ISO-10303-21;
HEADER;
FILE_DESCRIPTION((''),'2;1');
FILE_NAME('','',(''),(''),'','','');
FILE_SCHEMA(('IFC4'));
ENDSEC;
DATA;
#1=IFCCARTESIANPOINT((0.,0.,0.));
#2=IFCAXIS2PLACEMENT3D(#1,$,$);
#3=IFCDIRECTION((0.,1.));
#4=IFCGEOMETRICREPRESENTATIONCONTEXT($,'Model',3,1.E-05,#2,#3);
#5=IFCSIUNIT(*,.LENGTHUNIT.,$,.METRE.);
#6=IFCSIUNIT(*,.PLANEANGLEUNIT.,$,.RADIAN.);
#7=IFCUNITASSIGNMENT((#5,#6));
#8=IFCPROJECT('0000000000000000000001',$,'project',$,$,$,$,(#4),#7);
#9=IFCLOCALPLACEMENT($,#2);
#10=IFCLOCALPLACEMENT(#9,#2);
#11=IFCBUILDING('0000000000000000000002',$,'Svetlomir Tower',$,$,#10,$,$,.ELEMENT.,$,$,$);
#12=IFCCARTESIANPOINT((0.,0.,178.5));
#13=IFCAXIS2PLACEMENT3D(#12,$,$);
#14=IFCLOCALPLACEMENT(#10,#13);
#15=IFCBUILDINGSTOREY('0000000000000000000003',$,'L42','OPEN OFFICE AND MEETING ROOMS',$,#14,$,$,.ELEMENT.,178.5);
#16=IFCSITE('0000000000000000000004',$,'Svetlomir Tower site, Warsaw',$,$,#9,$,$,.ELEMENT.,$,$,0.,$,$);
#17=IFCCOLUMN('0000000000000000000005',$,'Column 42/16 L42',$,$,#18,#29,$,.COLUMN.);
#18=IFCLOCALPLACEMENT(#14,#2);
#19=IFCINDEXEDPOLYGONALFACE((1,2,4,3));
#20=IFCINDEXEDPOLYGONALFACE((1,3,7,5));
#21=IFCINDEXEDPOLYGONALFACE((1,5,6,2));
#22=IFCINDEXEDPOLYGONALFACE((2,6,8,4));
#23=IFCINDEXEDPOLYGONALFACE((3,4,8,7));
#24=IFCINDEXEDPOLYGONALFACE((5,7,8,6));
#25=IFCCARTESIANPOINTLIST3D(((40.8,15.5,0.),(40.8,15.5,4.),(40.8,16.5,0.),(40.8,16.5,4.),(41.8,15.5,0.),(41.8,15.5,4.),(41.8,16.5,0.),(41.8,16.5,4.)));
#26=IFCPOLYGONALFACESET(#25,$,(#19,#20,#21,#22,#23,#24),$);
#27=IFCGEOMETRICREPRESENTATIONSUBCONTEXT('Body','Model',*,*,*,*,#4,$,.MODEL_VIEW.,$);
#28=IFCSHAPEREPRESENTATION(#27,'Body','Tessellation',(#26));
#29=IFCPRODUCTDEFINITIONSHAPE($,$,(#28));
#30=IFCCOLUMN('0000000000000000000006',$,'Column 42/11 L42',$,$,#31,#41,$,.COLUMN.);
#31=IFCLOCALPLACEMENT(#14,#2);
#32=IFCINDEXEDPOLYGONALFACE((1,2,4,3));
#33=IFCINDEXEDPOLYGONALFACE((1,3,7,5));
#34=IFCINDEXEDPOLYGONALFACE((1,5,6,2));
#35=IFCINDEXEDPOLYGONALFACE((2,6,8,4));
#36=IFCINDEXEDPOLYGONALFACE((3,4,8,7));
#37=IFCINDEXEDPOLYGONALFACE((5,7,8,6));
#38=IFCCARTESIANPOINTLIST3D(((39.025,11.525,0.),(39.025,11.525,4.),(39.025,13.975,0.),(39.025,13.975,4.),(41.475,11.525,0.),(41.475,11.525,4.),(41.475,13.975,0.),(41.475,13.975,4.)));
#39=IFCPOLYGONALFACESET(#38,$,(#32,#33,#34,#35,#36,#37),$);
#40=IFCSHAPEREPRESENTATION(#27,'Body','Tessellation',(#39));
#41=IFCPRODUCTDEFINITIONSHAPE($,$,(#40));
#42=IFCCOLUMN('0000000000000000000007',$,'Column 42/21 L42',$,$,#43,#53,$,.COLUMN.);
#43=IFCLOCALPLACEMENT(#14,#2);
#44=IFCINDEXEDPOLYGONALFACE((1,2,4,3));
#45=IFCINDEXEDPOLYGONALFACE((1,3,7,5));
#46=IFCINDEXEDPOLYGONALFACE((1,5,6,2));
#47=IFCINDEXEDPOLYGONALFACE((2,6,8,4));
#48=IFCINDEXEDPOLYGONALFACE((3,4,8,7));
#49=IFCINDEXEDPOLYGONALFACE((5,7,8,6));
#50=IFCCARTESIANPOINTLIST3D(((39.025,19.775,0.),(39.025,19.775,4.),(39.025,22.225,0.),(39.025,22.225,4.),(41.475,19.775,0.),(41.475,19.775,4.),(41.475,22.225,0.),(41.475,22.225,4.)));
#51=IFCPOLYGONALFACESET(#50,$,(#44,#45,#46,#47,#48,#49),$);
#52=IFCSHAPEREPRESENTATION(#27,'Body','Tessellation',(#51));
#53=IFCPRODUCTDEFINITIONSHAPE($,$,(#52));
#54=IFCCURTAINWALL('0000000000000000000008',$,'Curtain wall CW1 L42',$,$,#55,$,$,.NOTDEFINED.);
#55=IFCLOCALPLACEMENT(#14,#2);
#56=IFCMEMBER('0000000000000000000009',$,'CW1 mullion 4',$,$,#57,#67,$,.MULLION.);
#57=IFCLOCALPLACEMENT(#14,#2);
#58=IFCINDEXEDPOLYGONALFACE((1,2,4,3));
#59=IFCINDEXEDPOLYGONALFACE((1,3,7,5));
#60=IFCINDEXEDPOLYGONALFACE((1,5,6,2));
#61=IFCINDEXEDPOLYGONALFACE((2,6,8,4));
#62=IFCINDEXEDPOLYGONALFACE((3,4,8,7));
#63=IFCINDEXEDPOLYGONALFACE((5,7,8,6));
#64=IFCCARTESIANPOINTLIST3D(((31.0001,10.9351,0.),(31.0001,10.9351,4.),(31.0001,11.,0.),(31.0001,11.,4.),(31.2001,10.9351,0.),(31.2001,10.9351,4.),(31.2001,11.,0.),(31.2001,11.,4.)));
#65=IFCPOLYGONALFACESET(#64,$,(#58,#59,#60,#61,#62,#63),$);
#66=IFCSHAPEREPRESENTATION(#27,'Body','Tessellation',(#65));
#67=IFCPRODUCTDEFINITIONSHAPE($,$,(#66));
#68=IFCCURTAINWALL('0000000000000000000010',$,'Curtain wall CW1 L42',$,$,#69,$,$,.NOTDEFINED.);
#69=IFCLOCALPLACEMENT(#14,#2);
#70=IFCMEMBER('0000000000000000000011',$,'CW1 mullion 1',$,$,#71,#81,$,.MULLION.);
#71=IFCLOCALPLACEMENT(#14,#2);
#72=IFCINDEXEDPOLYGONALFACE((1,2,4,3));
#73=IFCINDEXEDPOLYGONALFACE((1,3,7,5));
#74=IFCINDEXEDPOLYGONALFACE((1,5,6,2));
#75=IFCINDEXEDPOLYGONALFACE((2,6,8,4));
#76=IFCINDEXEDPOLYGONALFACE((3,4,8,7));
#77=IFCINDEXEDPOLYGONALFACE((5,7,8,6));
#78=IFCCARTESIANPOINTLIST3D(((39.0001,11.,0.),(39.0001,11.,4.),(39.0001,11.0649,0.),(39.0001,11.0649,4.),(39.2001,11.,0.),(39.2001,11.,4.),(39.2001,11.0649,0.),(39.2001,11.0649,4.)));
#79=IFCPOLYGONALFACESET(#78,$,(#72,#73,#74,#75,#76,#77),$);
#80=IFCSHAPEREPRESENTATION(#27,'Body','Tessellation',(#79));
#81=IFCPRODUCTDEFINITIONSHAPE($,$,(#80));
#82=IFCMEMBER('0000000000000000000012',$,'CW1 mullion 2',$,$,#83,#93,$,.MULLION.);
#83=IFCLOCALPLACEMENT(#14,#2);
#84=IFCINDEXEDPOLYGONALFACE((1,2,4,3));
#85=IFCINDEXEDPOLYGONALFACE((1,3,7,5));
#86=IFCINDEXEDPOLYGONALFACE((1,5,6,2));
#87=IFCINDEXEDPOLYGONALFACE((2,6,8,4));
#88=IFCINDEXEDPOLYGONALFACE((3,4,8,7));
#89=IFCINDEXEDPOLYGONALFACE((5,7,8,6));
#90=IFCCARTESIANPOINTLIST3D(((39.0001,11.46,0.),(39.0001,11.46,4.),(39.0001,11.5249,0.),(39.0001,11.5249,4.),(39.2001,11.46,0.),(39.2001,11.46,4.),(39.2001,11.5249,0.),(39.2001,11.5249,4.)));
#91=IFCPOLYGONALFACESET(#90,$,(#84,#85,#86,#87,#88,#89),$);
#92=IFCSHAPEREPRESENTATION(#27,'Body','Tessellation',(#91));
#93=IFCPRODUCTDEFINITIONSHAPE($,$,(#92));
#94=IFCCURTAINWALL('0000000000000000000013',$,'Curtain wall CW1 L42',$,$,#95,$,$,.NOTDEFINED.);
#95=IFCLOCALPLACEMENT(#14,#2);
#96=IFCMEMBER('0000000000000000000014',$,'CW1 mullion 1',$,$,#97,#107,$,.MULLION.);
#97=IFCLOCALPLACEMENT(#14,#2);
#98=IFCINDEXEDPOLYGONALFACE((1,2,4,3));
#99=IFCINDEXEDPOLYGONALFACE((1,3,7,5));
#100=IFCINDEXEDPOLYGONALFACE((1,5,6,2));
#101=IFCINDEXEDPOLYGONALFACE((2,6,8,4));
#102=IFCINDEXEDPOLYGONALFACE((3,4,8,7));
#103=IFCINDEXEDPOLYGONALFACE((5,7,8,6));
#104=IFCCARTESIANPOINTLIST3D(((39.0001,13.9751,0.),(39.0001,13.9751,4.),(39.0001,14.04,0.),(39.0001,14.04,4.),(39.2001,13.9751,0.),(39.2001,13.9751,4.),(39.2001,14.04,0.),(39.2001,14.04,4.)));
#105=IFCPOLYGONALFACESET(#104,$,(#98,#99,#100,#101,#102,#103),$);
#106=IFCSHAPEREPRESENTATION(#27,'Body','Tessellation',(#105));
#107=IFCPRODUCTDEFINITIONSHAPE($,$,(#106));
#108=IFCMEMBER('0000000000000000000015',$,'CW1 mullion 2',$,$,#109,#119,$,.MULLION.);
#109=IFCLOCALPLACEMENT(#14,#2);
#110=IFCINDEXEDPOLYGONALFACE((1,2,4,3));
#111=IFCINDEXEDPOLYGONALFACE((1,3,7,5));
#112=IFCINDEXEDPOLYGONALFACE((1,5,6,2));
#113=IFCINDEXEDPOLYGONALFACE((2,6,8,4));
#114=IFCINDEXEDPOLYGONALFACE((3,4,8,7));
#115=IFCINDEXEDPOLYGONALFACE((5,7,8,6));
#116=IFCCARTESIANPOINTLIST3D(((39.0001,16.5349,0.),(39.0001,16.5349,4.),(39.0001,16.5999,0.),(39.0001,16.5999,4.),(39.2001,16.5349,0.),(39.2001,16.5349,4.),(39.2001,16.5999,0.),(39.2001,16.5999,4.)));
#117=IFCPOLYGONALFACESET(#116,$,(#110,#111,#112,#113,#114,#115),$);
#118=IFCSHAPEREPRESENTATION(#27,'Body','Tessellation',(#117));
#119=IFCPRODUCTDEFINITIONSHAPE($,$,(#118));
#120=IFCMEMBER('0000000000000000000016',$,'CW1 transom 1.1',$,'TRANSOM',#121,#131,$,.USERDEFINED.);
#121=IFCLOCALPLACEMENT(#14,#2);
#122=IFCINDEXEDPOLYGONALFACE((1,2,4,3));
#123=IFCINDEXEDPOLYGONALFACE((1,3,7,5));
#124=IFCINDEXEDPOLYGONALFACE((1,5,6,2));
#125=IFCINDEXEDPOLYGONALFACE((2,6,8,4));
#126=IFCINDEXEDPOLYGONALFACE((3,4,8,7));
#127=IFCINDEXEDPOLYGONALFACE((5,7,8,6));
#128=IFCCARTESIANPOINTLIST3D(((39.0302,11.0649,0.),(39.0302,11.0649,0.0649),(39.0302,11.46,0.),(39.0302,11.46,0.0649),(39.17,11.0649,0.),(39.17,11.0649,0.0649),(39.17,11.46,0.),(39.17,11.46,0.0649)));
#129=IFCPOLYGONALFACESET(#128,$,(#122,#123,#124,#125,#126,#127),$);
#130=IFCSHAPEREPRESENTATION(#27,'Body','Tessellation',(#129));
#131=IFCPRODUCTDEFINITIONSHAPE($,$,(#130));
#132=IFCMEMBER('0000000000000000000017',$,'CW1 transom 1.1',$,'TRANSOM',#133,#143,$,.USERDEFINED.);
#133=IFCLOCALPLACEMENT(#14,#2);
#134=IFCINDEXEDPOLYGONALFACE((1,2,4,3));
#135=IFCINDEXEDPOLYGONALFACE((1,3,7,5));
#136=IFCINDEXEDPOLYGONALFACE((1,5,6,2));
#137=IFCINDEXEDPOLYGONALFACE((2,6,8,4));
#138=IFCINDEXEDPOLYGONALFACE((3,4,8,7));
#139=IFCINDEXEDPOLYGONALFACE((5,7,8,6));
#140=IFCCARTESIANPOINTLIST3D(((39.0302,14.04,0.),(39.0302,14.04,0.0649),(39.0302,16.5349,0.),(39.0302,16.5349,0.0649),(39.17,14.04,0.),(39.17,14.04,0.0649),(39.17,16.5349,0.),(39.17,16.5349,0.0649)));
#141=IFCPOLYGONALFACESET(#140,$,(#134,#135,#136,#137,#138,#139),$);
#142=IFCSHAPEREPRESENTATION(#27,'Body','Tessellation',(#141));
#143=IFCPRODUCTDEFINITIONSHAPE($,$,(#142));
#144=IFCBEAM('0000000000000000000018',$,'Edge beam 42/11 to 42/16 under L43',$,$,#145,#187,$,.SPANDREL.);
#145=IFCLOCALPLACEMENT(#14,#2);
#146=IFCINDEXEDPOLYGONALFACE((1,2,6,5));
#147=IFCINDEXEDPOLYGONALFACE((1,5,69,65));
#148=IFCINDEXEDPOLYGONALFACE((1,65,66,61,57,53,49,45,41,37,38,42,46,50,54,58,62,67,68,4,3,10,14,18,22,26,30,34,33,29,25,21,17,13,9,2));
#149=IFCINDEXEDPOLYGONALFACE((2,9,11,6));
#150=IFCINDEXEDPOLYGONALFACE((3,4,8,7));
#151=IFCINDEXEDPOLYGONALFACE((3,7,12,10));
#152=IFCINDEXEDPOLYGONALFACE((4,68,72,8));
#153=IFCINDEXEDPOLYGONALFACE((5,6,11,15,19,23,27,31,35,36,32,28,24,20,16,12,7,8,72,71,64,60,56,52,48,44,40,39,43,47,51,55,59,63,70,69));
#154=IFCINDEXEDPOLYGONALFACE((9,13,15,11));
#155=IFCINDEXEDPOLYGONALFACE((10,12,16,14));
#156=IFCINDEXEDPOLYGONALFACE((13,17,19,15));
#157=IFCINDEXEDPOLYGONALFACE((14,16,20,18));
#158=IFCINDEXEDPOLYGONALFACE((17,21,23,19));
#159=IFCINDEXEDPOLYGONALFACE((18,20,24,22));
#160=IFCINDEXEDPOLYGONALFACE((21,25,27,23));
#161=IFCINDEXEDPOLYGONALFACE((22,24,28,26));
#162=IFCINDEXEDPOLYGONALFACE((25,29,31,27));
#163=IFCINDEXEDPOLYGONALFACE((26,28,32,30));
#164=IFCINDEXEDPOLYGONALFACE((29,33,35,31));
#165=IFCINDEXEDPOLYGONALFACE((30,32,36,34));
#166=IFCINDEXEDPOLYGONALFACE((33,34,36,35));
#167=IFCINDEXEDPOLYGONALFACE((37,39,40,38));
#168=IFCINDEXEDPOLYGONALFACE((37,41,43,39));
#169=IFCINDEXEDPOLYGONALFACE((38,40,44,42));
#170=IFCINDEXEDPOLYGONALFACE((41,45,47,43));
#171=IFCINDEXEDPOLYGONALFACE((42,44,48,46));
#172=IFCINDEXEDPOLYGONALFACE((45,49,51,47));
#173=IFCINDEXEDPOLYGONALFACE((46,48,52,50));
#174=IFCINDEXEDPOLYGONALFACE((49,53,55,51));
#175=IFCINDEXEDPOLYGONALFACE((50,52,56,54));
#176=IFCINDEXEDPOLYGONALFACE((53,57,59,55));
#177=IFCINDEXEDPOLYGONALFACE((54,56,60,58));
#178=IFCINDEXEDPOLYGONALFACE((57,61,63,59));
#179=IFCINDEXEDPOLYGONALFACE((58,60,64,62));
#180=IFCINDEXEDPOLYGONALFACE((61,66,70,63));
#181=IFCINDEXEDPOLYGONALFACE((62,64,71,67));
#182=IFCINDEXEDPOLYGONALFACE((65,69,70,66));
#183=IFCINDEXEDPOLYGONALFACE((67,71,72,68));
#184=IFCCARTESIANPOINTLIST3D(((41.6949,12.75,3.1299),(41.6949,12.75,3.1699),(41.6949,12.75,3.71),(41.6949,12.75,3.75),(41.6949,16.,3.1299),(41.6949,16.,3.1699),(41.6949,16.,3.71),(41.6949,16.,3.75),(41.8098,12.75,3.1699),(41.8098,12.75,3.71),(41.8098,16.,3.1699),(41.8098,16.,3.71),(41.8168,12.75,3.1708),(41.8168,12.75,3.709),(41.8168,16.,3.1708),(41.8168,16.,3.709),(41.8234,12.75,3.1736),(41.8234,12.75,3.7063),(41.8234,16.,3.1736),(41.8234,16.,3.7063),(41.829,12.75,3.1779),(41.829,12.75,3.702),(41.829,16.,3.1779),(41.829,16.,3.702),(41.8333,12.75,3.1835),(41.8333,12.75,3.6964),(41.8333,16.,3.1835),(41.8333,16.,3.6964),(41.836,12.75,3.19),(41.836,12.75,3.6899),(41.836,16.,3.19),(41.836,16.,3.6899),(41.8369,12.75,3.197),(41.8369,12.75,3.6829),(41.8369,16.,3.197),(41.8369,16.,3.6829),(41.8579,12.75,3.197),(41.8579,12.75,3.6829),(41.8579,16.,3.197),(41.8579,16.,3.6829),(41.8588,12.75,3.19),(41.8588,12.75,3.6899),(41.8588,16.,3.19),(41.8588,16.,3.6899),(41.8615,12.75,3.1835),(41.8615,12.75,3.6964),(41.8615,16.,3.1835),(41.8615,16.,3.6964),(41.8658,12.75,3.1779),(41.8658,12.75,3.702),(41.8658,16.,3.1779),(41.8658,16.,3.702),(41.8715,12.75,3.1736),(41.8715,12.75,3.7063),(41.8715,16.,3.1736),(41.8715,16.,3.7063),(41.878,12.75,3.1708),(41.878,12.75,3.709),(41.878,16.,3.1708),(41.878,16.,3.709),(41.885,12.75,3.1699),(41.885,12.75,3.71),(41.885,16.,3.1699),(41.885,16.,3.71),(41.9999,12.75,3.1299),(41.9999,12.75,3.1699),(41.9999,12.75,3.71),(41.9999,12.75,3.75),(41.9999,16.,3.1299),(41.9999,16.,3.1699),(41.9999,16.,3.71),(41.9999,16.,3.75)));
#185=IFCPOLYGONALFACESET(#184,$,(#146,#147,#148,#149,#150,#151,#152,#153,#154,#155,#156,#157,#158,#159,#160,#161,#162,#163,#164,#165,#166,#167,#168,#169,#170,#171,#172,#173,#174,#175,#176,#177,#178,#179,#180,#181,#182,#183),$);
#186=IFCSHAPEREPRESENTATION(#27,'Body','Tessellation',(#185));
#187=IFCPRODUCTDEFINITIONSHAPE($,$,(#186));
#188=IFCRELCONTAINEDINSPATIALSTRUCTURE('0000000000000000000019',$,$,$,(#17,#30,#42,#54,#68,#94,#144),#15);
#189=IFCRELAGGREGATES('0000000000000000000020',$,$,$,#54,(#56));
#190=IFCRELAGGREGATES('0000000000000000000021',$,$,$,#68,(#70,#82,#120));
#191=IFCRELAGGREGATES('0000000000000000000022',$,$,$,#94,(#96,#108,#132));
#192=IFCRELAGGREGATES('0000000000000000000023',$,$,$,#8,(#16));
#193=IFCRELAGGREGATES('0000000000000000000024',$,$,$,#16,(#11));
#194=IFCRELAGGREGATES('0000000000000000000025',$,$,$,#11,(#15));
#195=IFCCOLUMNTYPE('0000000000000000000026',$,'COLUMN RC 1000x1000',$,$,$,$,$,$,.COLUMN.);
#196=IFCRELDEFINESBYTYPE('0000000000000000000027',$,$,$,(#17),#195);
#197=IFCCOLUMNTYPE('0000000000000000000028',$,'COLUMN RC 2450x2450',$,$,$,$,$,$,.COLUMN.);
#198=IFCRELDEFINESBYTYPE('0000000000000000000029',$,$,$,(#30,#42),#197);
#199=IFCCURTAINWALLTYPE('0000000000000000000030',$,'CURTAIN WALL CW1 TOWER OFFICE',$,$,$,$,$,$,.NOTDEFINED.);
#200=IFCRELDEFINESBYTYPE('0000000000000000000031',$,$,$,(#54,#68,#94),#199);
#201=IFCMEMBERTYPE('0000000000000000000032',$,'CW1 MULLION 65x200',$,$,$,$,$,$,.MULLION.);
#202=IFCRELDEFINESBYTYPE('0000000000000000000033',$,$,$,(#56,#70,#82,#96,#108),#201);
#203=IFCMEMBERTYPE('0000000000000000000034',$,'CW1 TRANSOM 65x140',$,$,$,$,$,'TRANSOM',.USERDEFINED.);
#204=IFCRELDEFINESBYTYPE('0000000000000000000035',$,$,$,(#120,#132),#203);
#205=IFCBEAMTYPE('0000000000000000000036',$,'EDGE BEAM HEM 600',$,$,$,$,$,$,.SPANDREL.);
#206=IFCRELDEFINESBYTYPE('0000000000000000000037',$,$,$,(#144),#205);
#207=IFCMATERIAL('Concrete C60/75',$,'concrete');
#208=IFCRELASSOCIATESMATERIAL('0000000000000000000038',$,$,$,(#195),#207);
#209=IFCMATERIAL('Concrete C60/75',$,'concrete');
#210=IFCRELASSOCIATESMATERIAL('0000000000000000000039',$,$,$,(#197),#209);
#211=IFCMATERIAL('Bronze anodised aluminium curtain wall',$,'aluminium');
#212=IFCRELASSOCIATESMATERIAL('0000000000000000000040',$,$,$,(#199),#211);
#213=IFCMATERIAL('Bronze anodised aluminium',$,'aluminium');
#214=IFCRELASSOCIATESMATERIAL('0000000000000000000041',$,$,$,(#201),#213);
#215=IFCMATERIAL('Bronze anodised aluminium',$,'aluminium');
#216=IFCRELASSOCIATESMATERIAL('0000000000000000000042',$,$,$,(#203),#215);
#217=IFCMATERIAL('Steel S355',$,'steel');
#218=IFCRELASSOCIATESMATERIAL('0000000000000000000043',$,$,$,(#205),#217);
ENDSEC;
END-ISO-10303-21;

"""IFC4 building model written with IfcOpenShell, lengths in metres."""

from ifc_helpers import new_model, si_unit, direction, frame, origin, origin_2d, place, context, subcontext, project, spatial, rectangle, i_section, extrude, material, material_profile, profile_set, type_object, element, aggregate, save


model = new_model("IFC4")

# Units and contexts
model_context = context("Model", 3, precision=1e-05, world=origin(), true_north=direction((0.0, 1.0)))
body_context = subcontext(model_context, "Body", "Model", "MODEL_VIEW")
ifc_project = project(units=[si_unit("LENGTHUNIT", "METRE"), si_unit("PLANEANGLEUNIT", "RADIAN")], contexts=[model_context])

# Site, building, storey
site_placement = place(None, origin())
site = spatial("IfcSite", under=ifc_project, at=site_placement, Name="Svetlomir Tower site, Warsaw", CompositionType="ELEMENT", RefElevation=0.0)
building_placement = place(site_placement, origin())
building = spatial("IfcBuilding", under=site, at=building_placement, Name="Svetlomir Tower", CompositionType="ELEMENT")
storey_placement = place(building_placement, frame((0.0, 0.0, 178.5)))
storey = spatial("IfcBuildingStorey", under=building, at=storey_placement, Name="L42", Description="OPEN OFFICE AND MEETING ROOMS", CompositionType="ELEMENT", Elevation=178.5)

# Columns
ifc_material_1 = material(Name="Concrete C60/75", Category="concrete")
ifc_material_profile_1 = material_profile(ifc_material_1, rectangle(XDim=1.0, YDim=1.0, at=origin_2d()), Name="RC 1000x1000")
ifc_profile_set_1 = profile_set([ifc_material_profile_1], Name="Concrete C60/75")
column_type_1 = type_object("IfcColumnType", Name="COLUMN RC 1000x1000", PredefinedType="COLUMN", material=ifc_profile_set_1)
column_placement = place(storey_placement, frame((41.3, 16.0, 0.0), z_axis=(0.0, 0.0, 1.0), x_axis=(1.0, 0.0, 0.0)))
element("IfcColumn", 1, at=column_placement, inside=storey, type_object=column_type_1, Name="Column 42/16 L42", PredefinedType="COLUMN", context=body_context, shape_type="SweptSolid", body=[
    extrude(rectangle(XDim=1.0, YDim=1.0, at=origin_2d()), origin(), (0.0, 0.0, 1.0), 4.0),
])
ifc_material_2 = material(Name="Concrete C60/75", Category="concrete")
ifc_material_profile_2 = material_profile(ifc_material_2, rectangle(XDim=2.45, YDim=2.45, at=origin_2d()), Name="RC 2450x2450")
ifc_profile_set_2 = profile_set([ifc_material_profile_2], Name="Concrete C60/75")
column_type_2 = type_object("IfcColumnType", Name="COLUMN RC 2450x2450", PredefinedType="COLUMN", material=ifc_profile_set_2)
for number, where, z_axis, x_axis, name in (
    (2, (40.25, 12.75, 0.0), (0.0, 0.0, 1.0), (1.0, 0.0, 0.0), "Column 42/11 L42"),
    (3, (40.25, 21.0, 0.0), (0.0, 0.0, 1.0), (1.0, 0.0, 0.0), "Column 42/21 L42"),
):
    element("IfcColumn", number, at=place(storey_placement, frame(where, z_axis=z_axis, x_axis=x_axis)), inside=storey, type_object=column_type_2, Name=name, PredefinedType="COLUMN", context=body_context, shape_type="SweptSolid", body=[
        extrude(rectangle(XDim=2.45, YDim=2.45, at=origin_2d()), origin(), (0.0, 0.0, 1.0), 4.0),
    ])

# Curtain wall, member
ifc_material_3 = material(Name="Bronze anodised aluminium curtain wall", Category="aluminium")
curtain_wall_type = type_object("IfcCurtainWallType", Name="CURTAIN WALL CW1 TOWER OFFICE", PredefinedType="NOTDEFINED", material=ifc_material_3)
curtain_wall_1_placement = place(storey_placement, origin())
curtain_wall_1 = element("IfcCurtainWall", 4, at=curtain_wall_1_placement, inside=storey, type_object=curtain_wall_type, Name="Curtain wall CW1 L42", PredefinedType="NOTDEFINED")
ifc_material_4 = material(Name="Bronze anodised aluminium", Category="aluminium")
ifc_material_profile_3 = material_profile(ifc_material_4, rectangle(XDim=0.0649, YDim=0.2, at=origin_2d()), Name="AL 65x200")
ifc_profile_set_3 = profile_set([ifc_material_profile_3], Name="Bronze anodised aluminium 6063-T6")
member_type_1 = type_object("IfcMemberType", Name="CW1 MULLION 65x200", PredefinedType="MULLION", material=ifc_profile_set_3)
member_1_placement = place(storey_placement, frame((31.1001, 10.9675, 0.0), z_axis=(0.0, 0.0, 1.0), x_axis=(0.0, 1.0, 0.0)))
member_1 = element("IfcMember", 5, at=member_1_placement, type_object=member_type_1, Name="CW1 mullion 4", PredefinedType="MULLION", context=body_context, shape_type="SweptSolid", body=[
    extrude(rectangle(XDim=0.0649, YDim=0.2, at=origin_2d()), origin(), (0.0, 0.0, 1.0), 4.0),
])
aggregate(curtain_wall_1, [member_1])

# Curtain walls, members
curtain_wall_2_placement = place(storey_placement, origin())
curtain_wall_2 = element("IfcCurtainWall", 6, at=curtain_wall_2_placement, inside=storey, type_object=curtain_wall_type, Name="Curtain wall CW1 L42", PredefinedType="NOTDEFINED")
member_2_placement = place(storey_placement, frame((39.1001, 11.0325, 0.0), z_axis=(0.0, 0.0, 1.0), x_axis=(0.0, 1.0, 0.0)))
member_2 = element("IfcMember", 7, at=member_2_placement, type_object=member_type_1, Name="CW1 mullion 1", PredefinedType="MULLION", context=body_context, shape_type="SweptSolid", body=[
    extrude(rectangle(XDim=0.0649, YDim=0.2, at=origin_2d()), origin(), (0.0, 0.0, 1.0), 4.0),
])
member_3_placement = place(storey_placement, frame((39.1001, 11.4924, 0.0), z_axis=(0.0, 0.0, 1.0), x_axis=(0.0, 1.0, 0.0)))
member_3 = element("IfcMember", 8, at=member_3_placement, type_object=member_type_1, Name="CW1 mullion 2", PredefinedType="MULLION", context=body_context, shape_type="SweptSolid", body=[
    extrude(rectangle(XDim=0.0649, YDim=0.2, at=origin_2d()), origin(), (0.0, 0.0, 1.0), 4.0),
])
curtain_wall_3_placement = place(storey_placement, origin())
curtain_wall_3 = element("IfcCurtainWall", 9, at=curtain_wall_3_placement, inside=storey, type_object=curtain_wall_type, Name="Curtain wall CW1 L42", PredefinedType="NOTDEFINED")
member_4_placement = place(storey_placement, frame((39.1001, 14.0076, 0.0), z_axis=(0.0, 0.0, 1.0), x_axis=(0.0, 1.0, 0.0)))
member_4 = element("IfcMember", 10, at=member_4_placement, type_object=member_type_1, Name="CW1 mullion 1", PredefinedType="MULLION", context=body_context, shape_type="SweptSolid", body=[
    extrude(rectangle(XDim=0.0649, YDim=0.2, at=origin_2d()), origin(), (0.0, 0.0, 1.0), 4.0),
])
member_5_placement = place(storey_placement, frame((39.1001, 16.5674, 0.0), z_axis=(0.0, 0.0, 1.0), x_axis=(0.0, 1.0, 0.0)))
member_5 = element("IfcMember", 11, at=member_5_placement, type_object=member_type_1, Name="CW1 mullion 2", PredefinedType="MULLION", context=body_context, shape_type="SweptSolid", body=[
    extrude(rectangle(XDim=0.0649, YDim=0.2, at=origin_2d()), origin(), (0.0, 0.0, 1.0), 4.0),
])

# Members
ifc_material_5 = material(Name="Bronze anodised aluminium", Category="aluminium")
ifc_material_profile_4 = material_profile(ifc_material_5, rectangle(XDim=0.1399, YDim=0.0649, at=origin_2d()), Name="AL 140x65")
ifc_profile_set_4 = profile_set([ifc_material_profile_4], Name="Bronze anodised aluminium 6063-T6")
member_type_2 = type_object("IfcMemberType", Name="CW1 TRANSOM 65x140", ElementType="TRANSOM", PredefinedType="USERDEFINED", material=ifc_profile_set_4)
member_6_placement = place(storey_placement, frame((39.1001, 11.0649, 0.0325), z_axis=(0.0, 1.0, 0.0), x_axis=(-1.0, 0.0, 0.0)))
member_6 = element("IfcMember", 12, at=member_6_placement, type_object=member_type_2, Name="CW1 transom 1.1", ObjectType="TRANSOM", PredefinedType="USERDEFINED", context=body_context, shape_type="SweptSolid", body=[
    extrude(rectangle(XDim=0.1399, YDim=0.0649, at=origin_2d()), origin(), (0.0, 0.0, 1.0), 0.395),
])
member_7_placement = place(storey_placement, frame((39.1001, 14.04, 0.0325), z_axis=(0.0, 1.0, 0.0), x_axis=(-1.0, 0.0, 0.0)))
member_7 = element("IfcMember", 13, at=member_7_placement, type_object=member_type_2, Name="CW1 transom 1.1", ObjectType="TRANSOM", PredefinedType="USERDEFINED", context=body_context, shape_type="SweptSolid", body=[
    extrude(rectangle(XDim=0.1399, YDim=0.0649, at=origin_2d()), origin(), (0.0, 0.0, 1.0), 2.4949),
])

# Beam
ifc_material_6 = material(Name="Steel S355", Category="steel")
ifc_material_profile_5 = material_profile(ifc_material_6, i_section(OverallWidth=0.3049, OverallDepth=0.6201, WebThickness=0.021, FlangeThickness=0.04, FilletRadius=0.0271, at=origin_2d()), Name="HEM 600")
ifc_profile_set_5 = profile_set([ifc_material_profile_5], Name="Steel S355")
beam_type_1 = type_object("IfcBeamType", Name="EDGE BEAM HEM 600", PredefinedType="SPANDREL", material=ifc_profile_set_5)
beam_1_placement = place(storey_placement, frame((41.8474, 12.75, 3.4399), z_axis=(0.0, 1.0, 0.0), x_axis=(-1.0, 0.0, 0.0)))
element("IfcBeam", 14, at=beam_1_placement, inside=storey, type_object=beam_type_1, Name="Edge beam 42/11 to 42/16 under L43", PredefinedType="SPANDREL", context=body_context, shape_type="SweptSolid", body=[
    extrude(i_section(OverallWidth=0.3049, OverallDepth=0.6201, WebThickness=0.021, FlangeThickness=0.04, FilletRadius=0.0271, at=origin_2d()), origin(), (0.0, 0.0, 1.0), 3.25),
])

aggregate(curtain_wall_2, [member_2, member_3, member_6])
aggregate(curtain_wall_3, [member_4, member_5, member_7])

save(model, "model.ifc")
